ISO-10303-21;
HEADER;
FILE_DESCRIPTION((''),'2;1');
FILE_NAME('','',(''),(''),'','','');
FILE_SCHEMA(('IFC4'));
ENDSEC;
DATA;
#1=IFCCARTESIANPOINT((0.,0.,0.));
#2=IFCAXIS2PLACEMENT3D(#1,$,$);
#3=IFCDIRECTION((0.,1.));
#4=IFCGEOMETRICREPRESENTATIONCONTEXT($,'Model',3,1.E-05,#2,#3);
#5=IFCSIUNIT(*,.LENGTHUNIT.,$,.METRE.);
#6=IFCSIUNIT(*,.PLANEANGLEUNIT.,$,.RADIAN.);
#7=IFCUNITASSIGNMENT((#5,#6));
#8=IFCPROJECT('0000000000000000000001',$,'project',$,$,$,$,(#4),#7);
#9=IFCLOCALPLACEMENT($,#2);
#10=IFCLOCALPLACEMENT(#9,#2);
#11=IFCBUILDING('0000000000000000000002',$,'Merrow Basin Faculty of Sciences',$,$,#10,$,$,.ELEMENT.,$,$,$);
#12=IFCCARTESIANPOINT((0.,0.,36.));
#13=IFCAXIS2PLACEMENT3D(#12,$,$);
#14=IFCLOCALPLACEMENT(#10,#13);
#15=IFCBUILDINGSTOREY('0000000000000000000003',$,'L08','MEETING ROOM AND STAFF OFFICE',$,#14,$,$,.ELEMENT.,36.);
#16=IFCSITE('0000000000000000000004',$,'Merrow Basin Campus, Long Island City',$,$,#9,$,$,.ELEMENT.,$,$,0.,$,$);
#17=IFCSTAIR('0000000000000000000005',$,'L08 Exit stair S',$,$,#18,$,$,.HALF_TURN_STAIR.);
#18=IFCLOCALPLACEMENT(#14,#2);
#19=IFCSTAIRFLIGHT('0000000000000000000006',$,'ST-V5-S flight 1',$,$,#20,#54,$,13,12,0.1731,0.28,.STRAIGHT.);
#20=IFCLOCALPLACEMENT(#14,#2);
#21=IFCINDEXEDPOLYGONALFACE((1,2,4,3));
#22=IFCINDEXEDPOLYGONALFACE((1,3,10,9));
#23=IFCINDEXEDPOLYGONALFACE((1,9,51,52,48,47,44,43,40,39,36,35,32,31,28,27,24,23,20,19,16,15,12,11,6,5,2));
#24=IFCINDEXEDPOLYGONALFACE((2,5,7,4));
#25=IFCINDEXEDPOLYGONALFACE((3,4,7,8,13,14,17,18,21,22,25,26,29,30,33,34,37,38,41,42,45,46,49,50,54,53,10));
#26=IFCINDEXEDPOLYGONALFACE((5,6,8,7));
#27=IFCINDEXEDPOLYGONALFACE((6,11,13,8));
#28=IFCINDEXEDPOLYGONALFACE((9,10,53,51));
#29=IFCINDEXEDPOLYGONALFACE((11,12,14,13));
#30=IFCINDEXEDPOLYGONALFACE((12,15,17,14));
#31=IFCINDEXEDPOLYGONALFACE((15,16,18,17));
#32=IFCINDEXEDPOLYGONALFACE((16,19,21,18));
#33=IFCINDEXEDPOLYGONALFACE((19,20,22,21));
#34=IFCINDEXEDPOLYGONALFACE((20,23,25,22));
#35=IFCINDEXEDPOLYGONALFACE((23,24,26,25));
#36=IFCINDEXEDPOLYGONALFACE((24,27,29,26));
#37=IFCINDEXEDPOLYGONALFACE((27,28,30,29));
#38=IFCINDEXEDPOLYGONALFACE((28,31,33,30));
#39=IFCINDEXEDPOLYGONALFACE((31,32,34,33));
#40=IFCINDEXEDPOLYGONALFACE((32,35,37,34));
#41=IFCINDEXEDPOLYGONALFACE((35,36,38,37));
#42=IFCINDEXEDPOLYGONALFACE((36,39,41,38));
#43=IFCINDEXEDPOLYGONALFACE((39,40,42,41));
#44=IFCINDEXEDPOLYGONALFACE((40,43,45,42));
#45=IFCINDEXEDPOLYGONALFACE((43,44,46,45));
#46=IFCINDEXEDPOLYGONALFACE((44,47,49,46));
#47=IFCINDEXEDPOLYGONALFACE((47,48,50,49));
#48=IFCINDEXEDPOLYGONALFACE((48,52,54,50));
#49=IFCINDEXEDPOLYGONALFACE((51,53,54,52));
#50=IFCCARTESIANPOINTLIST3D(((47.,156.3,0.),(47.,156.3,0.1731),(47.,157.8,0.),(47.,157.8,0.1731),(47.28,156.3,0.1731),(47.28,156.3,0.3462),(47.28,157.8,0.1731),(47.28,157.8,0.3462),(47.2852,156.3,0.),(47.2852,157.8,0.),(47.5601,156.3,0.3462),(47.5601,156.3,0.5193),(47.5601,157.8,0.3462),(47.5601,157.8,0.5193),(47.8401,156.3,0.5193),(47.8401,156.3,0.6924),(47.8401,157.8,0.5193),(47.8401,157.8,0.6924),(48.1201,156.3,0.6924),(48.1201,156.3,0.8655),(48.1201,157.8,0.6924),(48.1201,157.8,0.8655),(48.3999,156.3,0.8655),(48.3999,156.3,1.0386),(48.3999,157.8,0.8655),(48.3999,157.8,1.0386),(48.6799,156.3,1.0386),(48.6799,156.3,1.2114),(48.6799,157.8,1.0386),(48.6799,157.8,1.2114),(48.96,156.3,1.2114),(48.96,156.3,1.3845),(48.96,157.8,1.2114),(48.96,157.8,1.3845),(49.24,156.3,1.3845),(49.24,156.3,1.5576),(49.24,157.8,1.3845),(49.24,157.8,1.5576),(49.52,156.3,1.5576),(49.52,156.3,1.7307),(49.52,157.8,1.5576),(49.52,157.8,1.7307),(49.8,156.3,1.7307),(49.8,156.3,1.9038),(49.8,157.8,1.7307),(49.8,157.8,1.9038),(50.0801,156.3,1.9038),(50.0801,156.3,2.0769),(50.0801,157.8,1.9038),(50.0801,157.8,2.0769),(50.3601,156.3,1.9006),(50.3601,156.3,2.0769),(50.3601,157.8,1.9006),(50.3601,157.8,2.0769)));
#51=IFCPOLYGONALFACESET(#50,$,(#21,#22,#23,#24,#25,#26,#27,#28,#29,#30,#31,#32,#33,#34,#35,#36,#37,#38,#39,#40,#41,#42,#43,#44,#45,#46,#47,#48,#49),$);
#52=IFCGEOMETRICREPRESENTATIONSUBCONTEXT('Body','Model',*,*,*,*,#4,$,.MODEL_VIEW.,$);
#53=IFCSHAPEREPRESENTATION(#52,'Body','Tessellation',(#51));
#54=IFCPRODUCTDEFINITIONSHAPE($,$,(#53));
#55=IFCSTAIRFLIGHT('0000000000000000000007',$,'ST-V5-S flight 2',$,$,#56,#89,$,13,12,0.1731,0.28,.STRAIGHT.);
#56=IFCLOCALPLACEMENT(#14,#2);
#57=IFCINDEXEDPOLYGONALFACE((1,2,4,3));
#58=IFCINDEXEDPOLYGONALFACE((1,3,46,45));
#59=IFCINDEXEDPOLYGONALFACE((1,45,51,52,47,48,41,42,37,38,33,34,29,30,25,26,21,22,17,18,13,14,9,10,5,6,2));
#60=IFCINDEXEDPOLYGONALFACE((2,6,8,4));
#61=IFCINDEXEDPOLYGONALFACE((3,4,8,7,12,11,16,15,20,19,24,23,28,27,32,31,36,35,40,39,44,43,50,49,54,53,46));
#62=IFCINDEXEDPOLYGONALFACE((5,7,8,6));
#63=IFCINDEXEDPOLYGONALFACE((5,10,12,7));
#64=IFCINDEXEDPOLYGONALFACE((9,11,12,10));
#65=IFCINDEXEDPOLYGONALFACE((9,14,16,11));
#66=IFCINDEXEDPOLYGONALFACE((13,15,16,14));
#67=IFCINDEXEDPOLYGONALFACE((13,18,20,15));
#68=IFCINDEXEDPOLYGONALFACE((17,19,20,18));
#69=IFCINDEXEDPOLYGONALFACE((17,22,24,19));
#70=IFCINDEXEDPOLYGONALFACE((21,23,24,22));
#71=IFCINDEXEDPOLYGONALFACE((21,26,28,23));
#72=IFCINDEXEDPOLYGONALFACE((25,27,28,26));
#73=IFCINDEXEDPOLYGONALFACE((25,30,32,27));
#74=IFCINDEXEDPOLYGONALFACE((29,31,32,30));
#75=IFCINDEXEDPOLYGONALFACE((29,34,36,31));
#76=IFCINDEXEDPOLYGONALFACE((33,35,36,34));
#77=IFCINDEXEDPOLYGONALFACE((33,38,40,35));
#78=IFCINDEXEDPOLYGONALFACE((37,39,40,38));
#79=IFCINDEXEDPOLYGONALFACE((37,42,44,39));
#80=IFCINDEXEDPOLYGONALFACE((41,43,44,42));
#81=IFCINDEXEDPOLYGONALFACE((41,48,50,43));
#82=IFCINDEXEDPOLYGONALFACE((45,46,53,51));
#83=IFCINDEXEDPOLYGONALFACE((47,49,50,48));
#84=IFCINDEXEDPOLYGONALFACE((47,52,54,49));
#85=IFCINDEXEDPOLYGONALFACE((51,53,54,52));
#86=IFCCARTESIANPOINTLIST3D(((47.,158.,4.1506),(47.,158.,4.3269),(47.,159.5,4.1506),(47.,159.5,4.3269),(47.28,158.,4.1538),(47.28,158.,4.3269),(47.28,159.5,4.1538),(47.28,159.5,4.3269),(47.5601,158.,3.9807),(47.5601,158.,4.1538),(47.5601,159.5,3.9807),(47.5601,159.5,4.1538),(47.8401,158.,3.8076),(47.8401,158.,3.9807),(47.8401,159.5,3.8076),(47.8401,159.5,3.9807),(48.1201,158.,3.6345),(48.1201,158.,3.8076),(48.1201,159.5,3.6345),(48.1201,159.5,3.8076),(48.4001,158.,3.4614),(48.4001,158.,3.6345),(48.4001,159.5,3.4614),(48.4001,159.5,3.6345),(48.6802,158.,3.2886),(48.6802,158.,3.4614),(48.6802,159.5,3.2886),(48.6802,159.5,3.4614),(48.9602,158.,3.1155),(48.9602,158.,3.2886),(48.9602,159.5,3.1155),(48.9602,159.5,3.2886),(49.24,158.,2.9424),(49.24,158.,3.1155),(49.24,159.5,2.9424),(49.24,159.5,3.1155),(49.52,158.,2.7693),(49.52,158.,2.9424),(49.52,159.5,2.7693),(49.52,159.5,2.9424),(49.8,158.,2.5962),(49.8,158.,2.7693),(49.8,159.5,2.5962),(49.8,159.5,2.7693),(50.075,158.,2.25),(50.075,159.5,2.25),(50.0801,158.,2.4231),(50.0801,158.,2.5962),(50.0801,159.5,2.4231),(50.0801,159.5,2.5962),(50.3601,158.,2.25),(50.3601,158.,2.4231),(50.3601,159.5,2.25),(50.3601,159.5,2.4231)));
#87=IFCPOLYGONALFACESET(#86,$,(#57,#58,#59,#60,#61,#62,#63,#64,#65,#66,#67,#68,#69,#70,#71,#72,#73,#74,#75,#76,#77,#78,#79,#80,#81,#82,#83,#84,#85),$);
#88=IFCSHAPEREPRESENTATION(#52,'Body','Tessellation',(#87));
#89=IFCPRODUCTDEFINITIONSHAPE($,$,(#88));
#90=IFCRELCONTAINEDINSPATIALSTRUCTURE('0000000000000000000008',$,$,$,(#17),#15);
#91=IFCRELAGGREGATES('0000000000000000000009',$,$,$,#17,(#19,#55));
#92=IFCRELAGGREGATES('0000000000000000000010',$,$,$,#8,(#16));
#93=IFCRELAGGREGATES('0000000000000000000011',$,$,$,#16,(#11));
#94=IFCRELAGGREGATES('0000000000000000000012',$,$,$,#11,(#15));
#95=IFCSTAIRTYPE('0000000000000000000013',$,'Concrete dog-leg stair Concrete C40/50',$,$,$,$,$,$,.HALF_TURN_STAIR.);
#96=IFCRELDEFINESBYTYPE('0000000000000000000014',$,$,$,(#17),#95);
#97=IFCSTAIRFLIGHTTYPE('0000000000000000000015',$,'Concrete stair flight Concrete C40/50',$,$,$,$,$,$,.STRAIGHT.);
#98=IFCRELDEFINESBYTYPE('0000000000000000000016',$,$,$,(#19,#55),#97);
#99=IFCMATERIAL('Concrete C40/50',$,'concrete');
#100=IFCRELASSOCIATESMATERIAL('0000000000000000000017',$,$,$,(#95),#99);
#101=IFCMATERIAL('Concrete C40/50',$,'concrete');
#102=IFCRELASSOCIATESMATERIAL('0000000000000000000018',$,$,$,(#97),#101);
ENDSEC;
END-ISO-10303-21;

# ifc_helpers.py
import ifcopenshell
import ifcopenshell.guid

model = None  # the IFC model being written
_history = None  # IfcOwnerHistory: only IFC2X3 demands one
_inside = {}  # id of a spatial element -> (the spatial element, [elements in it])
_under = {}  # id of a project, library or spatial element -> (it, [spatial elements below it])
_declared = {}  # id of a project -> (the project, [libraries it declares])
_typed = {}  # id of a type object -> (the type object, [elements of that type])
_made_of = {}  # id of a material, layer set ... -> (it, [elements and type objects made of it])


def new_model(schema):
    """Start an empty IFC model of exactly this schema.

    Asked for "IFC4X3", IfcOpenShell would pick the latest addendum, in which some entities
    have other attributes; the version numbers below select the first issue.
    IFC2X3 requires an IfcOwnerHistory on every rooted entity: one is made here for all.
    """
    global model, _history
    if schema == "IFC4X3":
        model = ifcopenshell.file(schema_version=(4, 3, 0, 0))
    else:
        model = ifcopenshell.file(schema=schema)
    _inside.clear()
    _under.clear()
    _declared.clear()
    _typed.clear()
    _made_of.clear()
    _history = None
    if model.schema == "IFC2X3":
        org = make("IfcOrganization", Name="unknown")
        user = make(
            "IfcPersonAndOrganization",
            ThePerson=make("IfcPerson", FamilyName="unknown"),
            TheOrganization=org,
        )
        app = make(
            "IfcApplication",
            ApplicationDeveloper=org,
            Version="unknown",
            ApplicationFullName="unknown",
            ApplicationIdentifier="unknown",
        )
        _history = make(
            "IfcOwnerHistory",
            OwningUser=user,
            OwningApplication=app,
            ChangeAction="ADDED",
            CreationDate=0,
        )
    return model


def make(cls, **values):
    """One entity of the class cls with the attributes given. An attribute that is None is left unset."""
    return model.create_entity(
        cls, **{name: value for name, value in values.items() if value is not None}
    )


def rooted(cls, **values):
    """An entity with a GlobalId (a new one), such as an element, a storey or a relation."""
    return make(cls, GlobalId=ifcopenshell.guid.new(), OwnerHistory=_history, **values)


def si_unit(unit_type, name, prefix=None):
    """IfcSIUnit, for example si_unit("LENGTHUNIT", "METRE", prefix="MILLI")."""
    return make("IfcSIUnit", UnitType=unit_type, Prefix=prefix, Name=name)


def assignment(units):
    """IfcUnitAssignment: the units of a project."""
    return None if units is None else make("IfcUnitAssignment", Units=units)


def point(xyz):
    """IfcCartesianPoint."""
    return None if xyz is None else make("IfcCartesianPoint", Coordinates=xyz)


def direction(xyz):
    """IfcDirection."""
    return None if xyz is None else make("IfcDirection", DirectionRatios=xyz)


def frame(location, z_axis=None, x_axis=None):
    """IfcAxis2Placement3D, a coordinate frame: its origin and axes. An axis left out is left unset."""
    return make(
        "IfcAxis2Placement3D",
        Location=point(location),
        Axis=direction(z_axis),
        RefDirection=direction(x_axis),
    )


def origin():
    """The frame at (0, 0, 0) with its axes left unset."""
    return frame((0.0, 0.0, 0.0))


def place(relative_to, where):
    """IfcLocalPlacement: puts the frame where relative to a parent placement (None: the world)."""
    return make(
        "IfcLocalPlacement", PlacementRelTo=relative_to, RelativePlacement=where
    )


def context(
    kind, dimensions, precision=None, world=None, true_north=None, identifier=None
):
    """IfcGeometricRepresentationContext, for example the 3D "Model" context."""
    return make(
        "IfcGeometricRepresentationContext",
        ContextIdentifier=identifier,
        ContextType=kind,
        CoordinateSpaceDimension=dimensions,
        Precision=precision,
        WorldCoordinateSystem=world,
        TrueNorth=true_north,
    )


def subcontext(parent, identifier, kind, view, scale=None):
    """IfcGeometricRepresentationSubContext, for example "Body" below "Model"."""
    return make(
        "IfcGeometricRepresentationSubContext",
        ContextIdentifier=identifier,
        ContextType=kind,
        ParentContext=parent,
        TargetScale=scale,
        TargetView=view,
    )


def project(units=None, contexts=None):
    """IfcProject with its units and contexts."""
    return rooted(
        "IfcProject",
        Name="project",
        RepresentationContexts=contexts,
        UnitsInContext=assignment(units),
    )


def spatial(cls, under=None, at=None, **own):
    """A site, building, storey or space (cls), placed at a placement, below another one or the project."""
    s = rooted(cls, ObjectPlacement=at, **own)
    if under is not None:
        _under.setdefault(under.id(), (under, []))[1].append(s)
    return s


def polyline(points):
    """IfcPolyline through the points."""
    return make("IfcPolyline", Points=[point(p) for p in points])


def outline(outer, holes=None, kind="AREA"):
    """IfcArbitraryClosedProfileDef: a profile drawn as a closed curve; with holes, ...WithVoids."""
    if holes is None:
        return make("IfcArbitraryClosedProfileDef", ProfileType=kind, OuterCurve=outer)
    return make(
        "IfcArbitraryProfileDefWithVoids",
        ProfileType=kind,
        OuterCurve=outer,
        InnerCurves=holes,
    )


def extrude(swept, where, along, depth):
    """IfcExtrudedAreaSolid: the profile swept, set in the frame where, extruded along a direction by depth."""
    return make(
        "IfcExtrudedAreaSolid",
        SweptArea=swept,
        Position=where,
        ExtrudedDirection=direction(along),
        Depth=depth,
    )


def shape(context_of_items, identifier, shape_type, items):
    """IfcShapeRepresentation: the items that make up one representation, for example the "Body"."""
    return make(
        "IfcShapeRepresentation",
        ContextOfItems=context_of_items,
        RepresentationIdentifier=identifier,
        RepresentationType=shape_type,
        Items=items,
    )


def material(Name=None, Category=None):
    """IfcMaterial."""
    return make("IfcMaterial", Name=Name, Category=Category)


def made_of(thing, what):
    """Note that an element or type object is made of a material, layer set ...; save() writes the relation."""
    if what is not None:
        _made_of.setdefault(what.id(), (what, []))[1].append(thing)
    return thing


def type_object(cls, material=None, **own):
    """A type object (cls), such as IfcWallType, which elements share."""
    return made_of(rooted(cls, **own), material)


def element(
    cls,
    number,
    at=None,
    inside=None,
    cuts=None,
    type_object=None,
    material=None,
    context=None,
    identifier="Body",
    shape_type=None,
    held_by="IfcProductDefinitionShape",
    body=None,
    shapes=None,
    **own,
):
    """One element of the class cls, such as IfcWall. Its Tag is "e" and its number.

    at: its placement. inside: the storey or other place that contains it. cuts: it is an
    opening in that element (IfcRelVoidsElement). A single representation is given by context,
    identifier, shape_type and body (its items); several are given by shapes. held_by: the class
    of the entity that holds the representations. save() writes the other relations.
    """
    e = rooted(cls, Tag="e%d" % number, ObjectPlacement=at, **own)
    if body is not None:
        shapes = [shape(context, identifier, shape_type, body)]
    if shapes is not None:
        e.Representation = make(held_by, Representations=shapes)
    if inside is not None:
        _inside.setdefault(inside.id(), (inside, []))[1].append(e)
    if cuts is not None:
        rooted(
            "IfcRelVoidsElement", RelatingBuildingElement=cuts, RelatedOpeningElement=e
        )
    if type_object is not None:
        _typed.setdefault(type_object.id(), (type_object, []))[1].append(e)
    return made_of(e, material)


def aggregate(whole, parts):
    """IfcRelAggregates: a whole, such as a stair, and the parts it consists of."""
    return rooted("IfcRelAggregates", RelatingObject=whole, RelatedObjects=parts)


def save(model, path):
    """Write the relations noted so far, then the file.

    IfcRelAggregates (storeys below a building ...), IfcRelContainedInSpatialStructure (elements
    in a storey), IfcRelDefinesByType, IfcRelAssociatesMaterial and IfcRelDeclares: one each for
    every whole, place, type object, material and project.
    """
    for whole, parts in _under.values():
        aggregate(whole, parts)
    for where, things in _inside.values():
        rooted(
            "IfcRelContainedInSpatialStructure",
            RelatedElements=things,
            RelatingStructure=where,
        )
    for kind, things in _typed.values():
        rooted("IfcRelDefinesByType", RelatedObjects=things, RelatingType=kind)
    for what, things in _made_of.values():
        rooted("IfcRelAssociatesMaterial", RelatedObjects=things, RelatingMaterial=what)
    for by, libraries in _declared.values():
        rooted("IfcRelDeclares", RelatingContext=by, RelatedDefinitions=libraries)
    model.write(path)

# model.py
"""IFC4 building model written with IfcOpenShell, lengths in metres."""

from ifc_helpers import new_model, si_unit, direction, frame, origin, place, context, subcontext, project, spatial, polyline, outline, extrude, material, type_object, element, aggregate, save


model = new_model("IFC4")

# Units and contexts
model_context = context("Model", 3, precision=1e-05, world=origin(), true_north=direction((0.0, 1.0)))
body_context = subcontext(model_context, "Body", "Model", "MODEL_VIEW")
ifc_project = project(units=[si_unit("LENGTHUNIT", "METRE"), si_unit("PLANEANGLEUNIT", "RADIAN")], contexts=[model_context])

# Site, building, storey
site_placement = place(None, origin())
site = spatial("IfcSite", under=ifc_project, at=site_placement, Name="Merrow Basin Campus, Long Island City", CompositionType="ELEMENT", RefElevation=0.0)
building_placement = place(site_placement, origin())
building = spatial("IfcBuilding", under=site, at=building_placement, Name="Merrow Basin Faculty of Sciences", CompositionType="ELEMENT")
storey_placement = place(building_placement, frame((0.0, 0.0, 36.0)))
storey = spatial("IfcBuildingStorey", under=building, at=storey_placement, Name="L08", Description="MEETING ROOM AND STAFF OFFICE", CompositionType="ELEMENT", Elevation=36.0)

# Stair, stair flights
ifc_material_1 = material(Name="Concrete C40/50", Category="concrete")
stair_type = type_object("IfcStairType", Name="Concrete dog-leg stair Concrete C40/50", PredefinedType="HALF_TURN_STAIR", material=ifc_material_1)
stair_placement = place(storey_placement, origin())
stair = element("IfcStair", 1, at=stair_placement, inside=storey, type_object=stair_type, Name="L08 Exit stair S", PredefinedType="HALF_TURN_STAIR")
ifc_material_2 = material(Name="Concrete C40/50", Category="concrete")
stair_flight_type = type_object("IfcStairFlightType", Name="Concrete stair flight Concrete C40/50", PredefinedType="STRAIGHT", material=ifc_material_2)
stair_flight_1_placement = place(storey_placement, frame((47.0, 157.05, 0.0), z_axis=(0.0, 0.0, 1.0), x_axis=(1.0, 0.0, 0.0)))
stair_flight_1 = element("IfcStairFlight", 2, at=stair_flight_1_placement, type_object=stair_flight_type, Name="ST-V5-S flight 1", NumberOfRisers=13, NumberOfTreads=12, PredefinedType="STRAIGHT", RiserHeight=0.1731, TreadLength=0.28, context=body_context, shape_type="SweptSolid", body=[
    extrude(outline(polyline([(0.0, 0.0), (0.0, 0.1731), (0.28, 0.1731), (0.28, 0.3462), (0.5601, 0.3462), (0.5601, 0.5193), (0.8401, 0.5193), (0.8401, 0.6924), (1.1201, 0.6924), (1.1201, 0.8655), (1.3999, 0.8655), (1.3999, 1.0386), (1.6799, 1.0386), (1.6799, 1.2114), (1.96, 1.2114), (1.96, 1.3845), (2.24, 1.3845), (2.24, 1.5576), (2.52, 1.5576), (2.52, 1.7307), (2.8, 1.7307), (2.8, 1.9038), (3.0801, 1.9038), (3.0801, 2.0769), (3.3601, 2.0769), (3.3601, 2.25), (3.3601, 1.9006), (0.2852, 0.0), (0.0, 0.0)])), frame((0.0, 0.75, 0.0), z_axis=(0.0, -1.0, 0.0), x_axis=(1.0, 0.0, 0.0)), (0.0, 0.0, 1.0), 1.5),
])
stair_flight_2_placement = place(storey_placement, frame((50.3601, 158.75, 2.25), z_axis=(0.0, 0.0, 1.0), x_axis=(-1.0, 0.0, 0.0)))
stair_flight_2 = element("IfcStairFlight", 3, at=stair_flight_2_placement, type_object=stair_flight_type, Name="ST-V5-S flight 2", NumberOfRisers=13, NumberOfTreads=12, PredefinedType="STRAIGHT", RiserHeight=0.1731, TreadLength=0.28, context=body_context, shape_type="SweptSolid", body=[
    extrude(outline(polyline([(0.0, 0.0), (0.0, 0.1731), (0.28, 0.1731), (0.28, 0.3462), (0.5601, 0.3462), (0.5601, 0.5193), (0.8401, 0.5193), (0.8401, 0.6924), (1.1201, 0.6924), (1.1201, 0.8655), (1.3999, 0.8655), (1.3999, 1.0386), (1.6799, 1.0386), (1.6799, 1.2114), (1.96, 1.2114), (1.96, 1.3845), (2.24, 1.3845), (2.24, 1.5576), (2.52, 1.5576), (2.52, 1.7307), (2.8, 1.7307), (2.8, 1.9038), (3.0801, 1.9038), (3.0801, 2.0769), (3.3601, 2.0769), (3.3601, 2.25), (3.3601, 1.9006), (0.2852, 0.0), (0.0, 0.0)])), frame((0.0, 0.75, 0.0), z_axis=(0.0, -1.0, 0.0), x_axis=(1.0, 0.0, 0.0)), (0.0, 0.0, 1.0), 1.5),
])
aggregate(stair, [stair_flight_1, stair_flight_2])

save(model, "model.ifc")
